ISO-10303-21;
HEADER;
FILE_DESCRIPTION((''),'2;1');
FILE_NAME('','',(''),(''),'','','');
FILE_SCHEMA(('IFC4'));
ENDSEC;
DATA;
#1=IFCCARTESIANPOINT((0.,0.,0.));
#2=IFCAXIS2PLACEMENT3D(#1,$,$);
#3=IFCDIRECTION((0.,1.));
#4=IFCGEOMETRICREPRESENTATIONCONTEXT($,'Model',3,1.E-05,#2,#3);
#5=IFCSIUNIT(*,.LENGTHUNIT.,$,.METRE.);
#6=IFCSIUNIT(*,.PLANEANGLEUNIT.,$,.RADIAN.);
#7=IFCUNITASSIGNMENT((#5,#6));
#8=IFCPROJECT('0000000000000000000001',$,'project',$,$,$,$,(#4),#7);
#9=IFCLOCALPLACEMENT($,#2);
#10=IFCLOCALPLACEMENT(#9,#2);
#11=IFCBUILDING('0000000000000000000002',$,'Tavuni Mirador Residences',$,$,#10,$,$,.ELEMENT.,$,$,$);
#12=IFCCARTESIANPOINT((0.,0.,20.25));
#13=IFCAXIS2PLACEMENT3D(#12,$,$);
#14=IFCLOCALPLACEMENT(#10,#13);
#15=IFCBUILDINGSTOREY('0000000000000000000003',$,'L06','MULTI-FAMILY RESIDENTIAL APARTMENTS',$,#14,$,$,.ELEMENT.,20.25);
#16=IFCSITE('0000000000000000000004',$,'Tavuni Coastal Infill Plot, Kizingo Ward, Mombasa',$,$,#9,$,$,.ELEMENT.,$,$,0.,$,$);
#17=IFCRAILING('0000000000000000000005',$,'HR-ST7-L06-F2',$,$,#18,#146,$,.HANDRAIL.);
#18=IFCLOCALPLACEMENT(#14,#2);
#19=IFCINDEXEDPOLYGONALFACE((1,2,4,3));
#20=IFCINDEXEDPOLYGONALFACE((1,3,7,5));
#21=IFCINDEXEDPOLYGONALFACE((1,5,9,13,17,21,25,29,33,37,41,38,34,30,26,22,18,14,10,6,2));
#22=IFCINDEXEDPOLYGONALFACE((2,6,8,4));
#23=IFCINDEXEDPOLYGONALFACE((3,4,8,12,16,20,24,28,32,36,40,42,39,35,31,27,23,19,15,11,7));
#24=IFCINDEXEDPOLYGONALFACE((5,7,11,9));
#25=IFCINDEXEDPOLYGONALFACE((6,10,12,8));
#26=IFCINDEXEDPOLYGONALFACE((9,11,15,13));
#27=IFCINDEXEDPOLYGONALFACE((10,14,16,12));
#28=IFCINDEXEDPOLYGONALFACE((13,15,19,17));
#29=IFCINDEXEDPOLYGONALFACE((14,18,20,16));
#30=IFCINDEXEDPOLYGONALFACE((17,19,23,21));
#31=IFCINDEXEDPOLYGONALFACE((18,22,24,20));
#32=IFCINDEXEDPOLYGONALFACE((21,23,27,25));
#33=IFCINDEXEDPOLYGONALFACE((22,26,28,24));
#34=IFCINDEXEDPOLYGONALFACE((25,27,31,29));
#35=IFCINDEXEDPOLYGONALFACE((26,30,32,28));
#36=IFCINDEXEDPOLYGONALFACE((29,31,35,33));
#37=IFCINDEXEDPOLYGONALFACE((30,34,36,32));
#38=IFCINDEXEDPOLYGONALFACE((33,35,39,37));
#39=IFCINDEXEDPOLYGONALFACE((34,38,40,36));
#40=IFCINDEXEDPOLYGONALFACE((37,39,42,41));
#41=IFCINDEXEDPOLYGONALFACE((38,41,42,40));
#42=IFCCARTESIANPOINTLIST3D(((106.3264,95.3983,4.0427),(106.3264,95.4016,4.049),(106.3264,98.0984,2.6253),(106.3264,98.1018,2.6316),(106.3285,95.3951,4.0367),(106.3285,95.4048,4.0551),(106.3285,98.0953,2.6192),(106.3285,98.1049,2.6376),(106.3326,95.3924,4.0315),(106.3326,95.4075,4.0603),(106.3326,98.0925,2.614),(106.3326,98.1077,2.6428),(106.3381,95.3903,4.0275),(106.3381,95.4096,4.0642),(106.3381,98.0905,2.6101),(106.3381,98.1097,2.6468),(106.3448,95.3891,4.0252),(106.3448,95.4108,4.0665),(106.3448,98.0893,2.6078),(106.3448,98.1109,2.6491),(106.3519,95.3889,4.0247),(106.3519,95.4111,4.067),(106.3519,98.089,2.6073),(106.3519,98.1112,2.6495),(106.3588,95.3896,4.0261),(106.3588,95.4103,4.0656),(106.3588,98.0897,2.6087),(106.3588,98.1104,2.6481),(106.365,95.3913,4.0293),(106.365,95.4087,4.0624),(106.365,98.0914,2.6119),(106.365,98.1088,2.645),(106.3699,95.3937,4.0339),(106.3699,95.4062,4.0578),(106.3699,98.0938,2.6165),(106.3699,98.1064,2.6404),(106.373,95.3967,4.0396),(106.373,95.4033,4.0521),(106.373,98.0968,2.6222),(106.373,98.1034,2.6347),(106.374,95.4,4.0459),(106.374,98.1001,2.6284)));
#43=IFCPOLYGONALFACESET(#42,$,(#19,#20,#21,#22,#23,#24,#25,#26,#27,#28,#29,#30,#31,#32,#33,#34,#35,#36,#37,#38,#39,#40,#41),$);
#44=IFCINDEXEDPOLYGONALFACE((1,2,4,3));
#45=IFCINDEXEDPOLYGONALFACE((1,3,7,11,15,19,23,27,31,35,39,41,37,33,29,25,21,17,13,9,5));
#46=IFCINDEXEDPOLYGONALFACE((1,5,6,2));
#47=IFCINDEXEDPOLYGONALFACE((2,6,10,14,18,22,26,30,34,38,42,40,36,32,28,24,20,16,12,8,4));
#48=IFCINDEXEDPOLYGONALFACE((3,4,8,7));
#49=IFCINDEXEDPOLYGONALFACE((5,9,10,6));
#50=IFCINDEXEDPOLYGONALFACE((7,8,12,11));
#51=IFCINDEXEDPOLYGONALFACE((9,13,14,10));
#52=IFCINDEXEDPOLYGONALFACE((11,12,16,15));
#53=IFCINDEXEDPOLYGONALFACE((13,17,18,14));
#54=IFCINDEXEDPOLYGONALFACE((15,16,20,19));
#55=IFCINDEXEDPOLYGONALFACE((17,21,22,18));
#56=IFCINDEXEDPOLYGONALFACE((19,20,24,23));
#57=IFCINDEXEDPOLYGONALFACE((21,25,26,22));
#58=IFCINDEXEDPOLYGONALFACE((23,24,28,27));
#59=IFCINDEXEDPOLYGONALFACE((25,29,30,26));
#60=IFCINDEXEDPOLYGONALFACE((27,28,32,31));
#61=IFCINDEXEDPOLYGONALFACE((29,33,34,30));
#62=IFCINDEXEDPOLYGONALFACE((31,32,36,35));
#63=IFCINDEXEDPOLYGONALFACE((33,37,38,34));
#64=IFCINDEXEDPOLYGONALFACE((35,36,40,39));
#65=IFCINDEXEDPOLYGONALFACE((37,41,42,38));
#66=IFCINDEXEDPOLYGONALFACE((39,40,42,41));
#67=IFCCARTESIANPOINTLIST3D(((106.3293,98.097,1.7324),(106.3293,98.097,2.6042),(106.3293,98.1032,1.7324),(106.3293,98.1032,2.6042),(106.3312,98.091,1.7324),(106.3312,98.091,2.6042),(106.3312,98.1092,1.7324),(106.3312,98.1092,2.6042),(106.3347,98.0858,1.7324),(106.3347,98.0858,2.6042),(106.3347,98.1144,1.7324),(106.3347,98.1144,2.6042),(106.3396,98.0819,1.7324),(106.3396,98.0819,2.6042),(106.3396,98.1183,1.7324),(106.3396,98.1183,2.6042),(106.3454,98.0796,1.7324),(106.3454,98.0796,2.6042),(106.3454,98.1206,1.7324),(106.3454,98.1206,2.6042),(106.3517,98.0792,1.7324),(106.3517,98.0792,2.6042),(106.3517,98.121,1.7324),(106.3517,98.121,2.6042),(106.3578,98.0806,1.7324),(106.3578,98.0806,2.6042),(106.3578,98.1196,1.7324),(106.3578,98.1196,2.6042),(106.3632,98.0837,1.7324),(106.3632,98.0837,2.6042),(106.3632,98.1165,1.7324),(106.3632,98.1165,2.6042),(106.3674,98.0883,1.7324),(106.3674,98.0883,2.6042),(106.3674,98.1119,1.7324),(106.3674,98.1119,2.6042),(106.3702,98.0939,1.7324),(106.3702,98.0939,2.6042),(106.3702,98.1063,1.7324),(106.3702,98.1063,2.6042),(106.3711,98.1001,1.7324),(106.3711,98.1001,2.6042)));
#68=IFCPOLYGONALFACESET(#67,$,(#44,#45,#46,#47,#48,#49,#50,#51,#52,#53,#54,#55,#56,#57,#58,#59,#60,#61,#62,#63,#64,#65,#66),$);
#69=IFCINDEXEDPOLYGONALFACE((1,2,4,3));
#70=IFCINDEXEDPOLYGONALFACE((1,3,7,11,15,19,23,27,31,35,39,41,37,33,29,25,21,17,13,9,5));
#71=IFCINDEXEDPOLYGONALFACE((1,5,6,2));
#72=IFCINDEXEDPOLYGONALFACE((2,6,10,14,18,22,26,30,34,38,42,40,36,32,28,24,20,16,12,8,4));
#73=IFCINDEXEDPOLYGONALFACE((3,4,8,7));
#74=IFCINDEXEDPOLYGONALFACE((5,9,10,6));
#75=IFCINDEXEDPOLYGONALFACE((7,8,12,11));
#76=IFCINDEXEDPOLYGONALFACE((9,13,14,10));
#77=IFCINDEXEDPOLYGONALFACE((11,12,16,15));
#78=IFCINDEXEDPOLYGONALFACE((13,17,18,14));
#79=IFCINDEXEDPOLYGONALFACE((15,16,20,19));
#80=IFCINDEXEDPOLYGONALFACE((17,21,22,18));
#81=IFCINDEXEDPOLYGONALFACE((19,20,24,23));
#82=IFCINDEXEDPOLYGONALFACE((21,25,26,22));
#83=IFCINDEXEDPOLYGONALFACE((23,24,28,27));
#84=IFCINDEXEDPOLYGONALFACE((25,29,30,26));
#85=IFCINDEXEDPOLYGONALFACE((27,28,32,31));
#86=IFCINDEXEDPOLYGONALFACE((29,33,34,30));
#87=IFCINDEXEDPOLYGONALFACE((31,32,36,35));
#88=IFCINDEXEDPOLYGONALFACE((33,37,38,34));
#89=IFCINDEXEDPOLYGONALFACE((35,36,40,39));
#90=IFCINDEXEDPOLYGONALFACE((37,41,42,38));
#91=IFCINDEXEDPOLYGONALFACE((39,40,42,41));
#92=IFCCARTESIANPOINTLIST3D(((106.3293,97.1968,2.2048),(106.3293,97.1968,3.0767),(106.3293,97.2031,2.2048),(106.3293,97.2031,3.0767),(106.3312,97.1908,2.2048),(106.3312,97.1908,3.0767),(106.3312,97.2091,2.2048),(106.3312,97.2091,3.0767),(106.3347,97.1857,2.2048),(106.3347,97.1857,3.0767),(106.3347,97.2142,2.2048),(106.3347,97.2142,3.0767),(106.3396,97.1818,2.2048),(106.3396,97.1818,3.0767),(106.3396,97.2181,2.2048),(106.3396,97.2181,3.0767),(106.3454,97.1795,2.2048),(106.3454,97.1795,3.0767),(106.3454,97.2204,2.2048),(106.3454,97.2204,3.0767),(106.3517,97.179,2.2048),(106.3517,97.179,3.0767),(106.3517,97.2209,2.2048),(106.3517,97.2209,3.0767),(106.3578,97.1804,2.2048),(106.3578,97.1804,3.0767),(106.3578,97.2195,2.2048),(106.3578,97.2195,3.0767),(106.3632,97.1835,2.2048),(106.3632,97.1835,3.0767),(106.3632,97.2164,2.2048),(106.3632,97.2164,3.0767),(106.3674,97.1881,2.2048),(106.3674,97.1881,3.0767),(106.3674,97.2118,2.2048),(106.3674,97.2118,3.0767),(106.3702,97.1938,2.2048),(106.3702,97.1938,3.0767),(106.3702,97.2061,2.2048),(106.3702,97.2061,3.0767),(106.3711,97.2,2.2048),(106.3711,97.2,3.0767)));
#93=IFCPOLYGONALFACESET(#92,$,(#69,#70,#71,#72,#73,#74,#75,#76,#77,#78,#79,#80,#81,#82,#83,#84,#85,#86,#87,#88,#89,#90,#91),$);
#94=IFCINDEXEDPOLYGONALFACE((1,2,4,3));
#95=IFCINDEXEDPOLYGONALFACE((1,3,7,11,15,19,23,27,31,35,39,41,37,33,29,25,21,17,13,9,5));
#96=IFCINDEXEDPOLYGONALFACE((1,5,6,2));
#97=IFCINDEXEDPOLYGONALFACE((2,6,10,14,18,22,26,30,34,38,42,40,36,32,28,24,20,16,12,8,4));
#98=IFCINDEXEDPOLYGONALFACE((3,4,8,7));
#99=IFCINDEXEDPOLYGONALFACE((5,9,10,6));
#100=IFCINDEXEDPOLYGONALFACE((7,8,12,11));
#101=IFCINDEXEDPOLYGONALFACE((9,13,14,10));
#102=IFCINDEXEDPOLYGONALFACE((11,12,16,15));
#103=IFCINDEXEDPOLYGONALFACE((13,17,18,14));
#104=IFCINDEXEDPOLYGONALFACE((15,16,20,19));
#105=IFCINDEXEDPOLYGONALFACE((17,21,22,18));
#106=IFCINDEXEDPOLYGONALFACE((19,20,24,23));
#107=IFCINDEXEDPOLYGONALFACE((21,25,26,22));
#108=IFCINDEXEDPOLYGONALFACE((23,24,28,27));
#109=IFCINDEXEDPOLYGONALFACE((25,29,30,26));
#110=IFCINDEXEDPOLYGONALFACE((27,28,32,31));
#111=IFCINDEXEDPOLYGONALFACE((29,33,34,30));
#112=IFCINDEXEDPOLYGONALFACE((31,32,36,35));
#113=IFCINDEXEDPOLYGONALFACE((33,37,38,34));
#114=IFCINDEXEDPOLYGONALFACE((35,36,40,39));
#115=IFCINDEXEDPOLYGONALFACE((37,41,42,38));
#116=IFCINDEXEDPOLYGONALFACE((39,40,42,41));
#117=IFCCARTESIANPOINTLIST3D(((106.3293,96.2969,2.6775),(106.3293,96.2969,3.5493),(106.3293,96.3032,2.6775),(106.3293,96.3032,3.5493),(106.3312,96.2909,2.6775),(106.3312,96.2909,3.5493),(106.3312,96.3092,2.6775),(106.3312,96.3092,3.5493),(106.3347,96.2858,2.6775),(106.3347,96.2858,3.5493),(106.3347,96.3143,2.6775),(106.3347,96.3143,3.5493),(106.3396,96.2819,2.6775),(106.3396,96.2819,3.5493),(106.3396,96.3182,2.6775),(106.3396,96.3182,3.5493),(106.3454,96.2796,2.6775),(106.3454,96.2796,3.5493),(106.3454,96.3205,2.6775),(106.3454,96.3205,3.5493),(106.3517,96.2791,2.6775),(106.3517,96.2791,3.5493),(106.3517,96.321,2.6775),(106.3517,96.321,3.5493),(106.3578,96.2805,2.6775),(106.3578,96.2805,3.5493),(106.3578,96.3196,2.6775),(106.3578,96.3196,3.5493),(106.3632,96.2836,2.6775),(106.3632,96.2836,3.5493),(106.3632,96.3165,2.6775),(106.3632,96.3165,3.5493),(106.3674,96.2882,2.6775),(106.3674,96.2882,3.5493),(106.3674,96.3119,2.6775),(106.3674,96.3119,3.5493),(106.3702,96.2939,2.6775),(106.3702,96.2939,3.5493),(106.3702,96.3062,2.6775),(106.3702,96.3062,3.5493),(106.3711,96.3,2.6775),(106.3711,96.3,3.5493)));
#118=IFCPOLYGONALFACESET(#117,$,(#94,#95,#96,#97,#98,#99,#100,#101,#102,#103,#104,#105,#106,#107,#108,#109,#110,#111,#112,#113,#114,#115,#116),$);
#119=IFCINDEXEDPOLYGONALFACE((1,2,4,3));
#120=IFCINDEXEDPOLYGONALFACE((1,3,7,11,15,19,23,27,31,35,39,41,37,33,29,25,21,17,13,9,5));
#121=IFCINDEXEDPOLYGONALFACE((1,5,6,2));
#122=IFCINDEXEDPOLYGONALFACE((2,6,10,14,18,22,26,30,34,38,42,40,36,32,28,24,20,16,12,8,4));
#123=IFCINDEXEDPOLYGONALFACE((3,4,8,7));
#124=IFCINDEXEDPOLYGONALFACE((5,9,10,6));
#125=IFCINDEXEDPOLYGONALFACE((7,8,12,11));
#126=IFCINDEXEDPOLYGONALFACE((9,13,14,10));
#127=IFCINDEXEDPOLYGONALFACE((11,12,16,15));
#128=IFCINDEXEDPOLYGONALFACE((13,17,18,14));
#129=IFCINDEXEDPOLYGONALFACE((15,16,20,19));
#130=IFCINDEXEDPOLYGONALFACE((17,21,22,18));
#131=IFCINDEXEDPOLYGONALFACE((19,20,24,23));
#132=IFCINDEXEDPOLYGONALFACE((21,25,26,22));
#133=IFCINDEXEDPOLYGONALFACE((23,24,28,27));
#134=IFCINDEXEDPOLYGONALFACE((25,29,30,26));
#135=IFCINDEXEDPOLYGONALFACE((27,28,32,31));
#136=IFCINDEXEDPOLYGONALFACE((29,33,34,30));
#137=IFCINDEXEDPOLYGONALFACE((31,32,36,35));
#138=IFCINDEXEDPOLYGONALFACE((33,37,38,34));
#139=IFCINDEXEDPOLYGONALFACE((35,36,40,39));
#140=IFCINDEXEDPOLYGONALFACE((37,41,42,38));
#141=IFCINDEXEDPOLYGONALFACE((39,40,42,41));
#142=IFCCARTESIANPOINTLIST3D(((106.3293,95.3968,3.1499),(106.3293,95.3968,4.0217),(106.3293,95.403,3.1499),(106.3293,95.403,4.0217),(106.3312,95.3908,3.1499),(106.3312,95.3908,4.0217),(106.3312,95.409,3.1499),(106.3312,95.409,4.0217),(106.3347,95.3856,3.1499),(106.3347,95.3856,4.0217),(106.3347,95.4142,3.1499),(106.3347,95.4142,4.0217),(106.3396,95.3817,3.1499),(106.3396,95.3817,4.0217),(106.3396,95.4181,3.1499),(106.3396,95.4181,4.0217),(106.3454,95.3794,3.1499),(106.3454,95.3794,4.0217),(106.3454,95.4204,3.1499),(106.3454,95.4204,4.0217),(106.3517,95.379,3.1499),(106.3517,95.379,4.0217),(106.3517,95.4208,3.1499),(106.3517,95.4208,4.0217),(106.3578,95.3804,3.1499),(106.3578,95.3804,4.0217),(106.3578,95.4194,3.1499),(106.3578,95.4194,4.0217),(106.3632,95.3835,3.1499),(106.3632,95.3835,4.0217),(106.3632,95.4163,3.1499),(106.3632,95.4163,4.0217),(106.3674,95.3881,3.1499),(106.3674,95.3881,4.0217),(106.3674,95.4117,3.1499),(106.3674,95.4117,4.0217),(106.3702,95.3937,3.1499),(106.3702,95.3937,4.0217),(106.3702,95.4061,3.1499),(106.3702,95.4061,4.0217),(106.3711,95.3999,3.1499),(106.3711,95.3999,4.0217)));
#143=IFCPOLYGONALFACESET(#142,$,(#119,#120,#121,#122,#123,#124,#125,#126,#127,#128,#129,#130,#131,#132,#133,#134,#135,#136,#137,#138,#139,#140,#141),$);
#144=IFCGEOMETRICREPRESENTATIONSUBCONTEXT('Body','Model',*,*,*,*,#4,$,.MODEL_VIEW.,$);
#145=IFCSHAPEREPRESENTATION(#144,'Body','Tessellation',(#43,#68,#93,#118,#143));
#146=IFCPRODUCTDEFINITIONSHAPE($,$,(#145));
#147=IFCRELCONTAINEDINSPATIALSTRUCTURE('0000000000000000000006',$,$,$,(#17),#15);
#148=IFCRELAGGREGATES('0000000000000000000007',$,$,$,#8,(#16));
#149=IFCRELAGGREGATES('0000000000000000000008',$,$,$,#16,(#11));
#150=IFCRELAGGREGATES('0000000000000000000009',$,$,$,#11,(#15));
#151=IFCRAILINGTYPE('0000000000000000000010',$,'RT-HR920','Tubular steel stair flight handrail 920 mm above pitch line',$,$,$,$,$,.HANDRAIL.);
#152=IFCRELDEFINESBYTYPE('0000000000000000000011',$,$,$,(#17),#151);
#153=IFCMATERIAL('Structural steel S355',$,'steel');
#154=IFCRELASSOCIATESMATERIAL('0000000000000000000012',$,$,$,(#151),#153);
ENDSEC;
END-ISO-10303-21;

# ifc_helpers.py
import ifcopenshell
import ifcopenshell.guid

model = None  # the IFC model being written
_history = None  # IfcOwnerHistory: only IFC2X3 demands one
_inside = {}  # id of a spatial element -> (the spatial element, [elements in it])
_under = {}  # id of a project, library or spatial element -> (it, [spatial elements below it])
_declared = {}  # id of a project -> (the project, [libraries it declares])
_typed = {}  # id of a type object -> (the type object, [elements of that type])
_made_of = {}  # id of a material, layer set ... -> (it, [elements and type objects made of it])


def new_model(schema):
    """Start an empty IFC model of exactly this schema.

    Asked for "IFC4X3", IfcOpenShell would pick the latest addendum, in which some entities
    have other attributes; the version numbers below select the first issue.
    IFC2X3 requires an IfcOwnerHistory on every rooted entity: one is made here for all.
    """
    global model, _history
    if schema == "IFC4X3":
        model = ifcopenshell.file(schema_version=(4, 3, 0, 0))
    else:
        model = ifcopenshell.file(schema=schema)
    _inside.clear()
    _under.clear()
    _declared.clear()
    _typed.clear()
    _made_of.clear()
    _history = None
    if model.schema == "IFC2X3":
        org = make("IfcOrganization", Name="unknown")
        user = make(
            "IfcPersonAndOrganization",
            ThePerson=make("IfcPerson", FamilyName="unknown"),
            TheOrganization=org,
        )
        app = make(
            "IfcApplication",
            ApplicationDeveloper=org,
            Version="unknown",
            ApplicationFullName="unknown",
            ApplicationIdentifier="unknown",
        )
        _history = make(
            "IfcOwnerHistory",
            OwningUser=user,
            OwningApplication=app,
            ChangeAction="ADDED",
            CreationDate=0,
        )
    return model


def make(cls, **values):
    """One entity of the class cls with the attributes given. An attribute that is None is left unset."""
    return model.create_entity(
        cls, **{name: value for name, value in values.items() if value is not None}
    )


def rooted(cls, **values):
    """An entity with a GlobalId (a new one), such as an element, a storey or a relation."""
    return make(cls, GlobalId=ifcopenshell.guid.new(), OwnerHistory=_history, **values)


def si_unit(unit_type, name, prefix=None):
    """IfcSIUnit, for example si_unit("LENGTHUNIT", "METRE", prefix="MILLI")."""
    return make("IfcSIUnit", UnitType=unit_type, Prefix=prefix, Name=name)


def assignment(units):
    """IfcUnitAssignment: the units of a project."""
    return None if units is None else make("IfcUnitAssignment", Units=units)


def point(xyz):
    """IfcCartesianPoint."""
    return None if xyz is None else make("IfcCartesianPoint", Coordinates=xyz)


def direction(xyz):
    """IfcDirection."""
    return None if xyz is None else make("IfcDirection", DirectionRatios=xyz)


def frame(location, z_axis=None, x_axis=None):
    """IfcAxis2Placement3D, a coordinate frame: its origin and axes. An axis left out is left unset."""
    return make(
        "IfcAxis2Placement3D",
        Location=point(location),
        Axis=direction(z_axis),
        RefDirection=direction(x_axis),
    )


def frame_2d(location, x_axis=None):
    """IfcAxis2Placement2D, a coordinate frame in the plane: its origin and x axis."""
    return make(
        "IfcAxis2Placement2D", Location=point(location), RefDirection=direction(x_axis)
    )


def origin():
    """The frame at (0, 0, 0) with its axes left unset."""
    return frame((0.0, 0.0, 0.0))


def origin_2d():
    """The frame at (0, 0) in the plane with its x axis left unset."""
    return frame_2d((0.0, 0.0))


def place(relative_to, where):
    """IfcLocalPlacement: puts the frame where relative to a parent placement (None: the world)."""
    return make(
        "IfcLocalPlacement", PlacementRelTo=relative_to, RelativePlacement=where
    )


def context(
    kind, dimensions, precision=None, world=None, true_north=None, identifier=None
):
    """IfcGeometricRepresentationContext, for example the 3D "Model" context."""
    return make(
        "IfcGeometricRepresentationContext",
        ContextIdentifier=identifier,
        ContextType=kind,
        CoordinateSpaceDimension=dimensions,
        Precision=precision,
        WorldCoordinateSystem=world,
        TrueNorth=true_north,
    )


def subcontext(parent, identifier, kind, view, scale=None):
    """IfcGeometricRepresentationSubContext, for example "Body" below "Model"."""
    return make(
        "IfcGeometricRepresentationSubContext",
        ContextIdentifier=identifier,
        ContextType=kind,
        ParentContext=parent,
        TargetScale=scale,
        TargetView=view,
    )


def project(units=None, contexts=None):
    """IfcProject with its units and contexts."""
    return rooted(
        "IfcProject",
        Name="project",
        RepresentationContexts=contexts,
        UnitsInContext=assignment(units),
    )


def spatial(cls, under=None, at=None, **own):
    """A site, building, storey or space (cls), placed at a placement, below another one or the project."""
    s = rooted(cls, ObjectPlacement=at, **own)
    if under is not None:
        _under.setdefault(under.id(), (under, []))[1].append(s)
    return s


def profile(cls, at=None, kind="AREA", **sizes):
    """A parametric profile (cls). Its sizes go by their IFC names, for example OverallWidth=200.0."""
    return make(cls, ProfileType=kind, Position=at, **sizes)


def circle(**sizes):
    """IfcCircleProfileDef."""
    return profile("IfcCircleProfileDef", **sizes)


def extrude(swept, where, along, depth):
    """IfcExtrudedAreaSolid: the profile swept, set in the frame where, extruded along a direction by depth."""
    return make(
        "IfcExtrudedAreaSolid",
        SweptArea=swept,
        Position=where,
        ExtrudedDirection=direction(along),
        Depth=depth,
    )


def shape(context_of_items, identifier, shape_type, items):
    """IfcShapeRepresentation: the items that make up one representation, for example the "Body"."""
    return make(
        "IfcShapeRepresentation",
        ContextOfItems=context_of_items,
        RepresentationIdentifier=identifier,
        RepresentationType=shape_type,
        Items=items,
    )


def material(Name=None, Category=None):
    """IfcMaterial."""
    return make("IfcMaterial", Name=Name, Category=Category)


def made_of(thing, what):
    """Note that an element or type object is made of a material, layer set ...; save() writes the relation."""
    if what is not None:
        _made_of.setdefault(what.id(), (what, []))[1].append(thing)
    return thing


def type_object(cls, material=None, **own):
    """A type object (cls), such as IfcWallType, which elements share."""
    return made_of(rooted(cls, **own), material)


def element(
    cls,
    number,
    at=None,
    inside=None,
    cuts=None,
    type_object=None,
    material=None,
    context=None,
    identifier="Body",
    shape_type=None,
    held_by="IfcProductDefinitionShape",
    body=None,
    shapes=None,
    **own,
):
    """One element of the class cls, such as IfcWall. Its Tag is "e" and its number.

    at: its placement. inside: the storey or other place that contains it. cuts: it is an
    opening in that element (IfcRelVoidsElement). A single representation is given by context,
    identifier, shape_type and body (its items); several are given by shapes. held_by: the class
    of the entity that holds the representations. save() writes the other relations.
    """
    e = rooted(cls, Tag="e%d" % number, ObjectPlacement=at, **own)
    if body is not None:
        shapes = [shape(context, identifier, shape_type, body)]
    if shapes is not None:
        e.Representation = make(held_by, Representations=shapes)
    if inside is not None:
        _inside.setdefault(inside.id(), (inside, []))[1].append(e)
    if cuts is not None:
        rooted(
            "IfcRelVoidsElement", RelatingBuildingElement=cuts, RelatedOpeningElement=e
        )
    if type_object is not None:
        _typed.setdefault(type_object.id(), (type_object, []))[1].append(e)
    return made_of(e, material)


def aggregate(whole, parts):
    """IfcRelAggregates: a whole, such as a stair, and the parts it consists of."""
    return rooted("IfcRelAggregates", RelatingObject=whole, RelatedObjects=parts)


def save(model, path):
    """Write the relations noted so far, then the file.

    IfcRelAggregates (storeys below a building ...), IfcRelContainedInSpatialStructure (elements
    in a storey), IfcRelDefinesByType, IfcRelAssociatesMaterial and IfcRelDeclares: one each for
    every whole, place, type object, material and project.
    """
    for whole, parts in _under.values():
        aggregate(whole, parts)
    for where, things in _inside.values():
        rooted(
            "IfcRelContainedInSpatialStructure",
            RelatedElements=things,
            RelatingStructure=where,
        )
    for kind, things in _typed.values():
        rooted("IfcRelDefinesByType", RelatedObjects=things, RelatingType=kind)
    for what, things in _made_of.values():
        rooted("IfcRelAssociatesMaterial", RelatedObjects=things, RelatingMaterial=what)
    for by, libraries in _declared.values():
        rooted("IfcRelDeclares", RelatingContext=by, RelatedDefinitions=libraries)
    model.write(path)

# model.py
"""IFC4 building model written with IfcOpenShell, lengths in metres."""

from ifc_helpers import new_model, si_unit, direction, frame, origin, origin_2d, place, context, subcontext, project, spatial, circle, extrude, material, type_object, element, save


model = new_model("IFC4")

# Units and contexts
model_context = context("Model", 3, precision=1e-05, world=origin(), true_north=direction((0.0, 1.0)))
body_context = subcontext(model_context, "Body", "Model", "MODEL_VIEW")
ifc_project = project(units=[si_unit("LENGTHUNIT", "METRE"), si_unit("PLANEANGLEUNIT", "RADIAN")], contexts=[model_context])

# Site, building, storey
site_placement = place(None, origin())
site = spatial("IfcSite", under=ifc_project, at=site_placement, Name="Tavuni Coastal Infill Plot, Kizingo Ward, Mombasa", CompositionType="ELEMENT", RefElevation=0.0)
building_placement = place(site_placement, origin())
building = spatial("IfcBuilding", under=site, at=building_placement, Name="Tavuni Mirador Residences", CompositionType="ELEMENT")
storey_placement = place(building_placement, frame((0.0, 0.0, 20.25)))
storey = spatial("IfcBuildingStorey", under=building, at=storey_placement, Name="L06", Description="MULTI-FAMILY RESIDENTIAL APARTMENTS", CompositionType="ELEMENT", Elevation=20.25)

# Shared definitions
ifc_material_1 = material(Name="Structural steel S355", Category="steel")

# Railing
railing_type_1 = type_object("IfcRailingType", Name="RT-HR920", Description="Tubular steel stair flight handrail 920 mm above pitch line", PredefinedType="HANDRAIL", material=ifc_material_1)
railing_1_placement = place(storey_placement, frame((106.3501, 98.1001, 1.7324)))
element("IfcRailing", 1, at=railing_1_placement, inside=storey, type_object=railing_type_1, Name="HR-ST7-L06-F2", PredefinedType="HANDRAIL", context=body_context, shape_type="SweptSolid", body=[
    extrude(circle(Radius=0.0239, at=origin_2d()), frame((0.0, 0.0, 0.896), z_axis=(0.0, -0.885414, 0.464803), x_axis=(1.0, 0.0, 0.0)), (0.0, 0.0, 1.0), 3.0496),
    extrude(circle(Radius=0.021, at=origin_2d()), origin(), (0.0, 0.0, 1.0), 0.8718),
    extrude(circle(Radius=0.021, at=origin_2d()), frame((0.0, -0.9001, 0.4724)), (0.0, 0.0, 1.0), 0.8718),
    extrude(circle(Radius=0.021, at=origin_2d()), frame((0.0, -1.8, 0.9451)), (0.0, 0.0, 1.0), 0.8718),
    extrude(circle(Radius=0.021, at=origin_2d()), frame((0.0, -2.7002, 1.4175)), (0.0, 0.0, 1.0), 0.8718),
])

save(model, "model.ifc")
